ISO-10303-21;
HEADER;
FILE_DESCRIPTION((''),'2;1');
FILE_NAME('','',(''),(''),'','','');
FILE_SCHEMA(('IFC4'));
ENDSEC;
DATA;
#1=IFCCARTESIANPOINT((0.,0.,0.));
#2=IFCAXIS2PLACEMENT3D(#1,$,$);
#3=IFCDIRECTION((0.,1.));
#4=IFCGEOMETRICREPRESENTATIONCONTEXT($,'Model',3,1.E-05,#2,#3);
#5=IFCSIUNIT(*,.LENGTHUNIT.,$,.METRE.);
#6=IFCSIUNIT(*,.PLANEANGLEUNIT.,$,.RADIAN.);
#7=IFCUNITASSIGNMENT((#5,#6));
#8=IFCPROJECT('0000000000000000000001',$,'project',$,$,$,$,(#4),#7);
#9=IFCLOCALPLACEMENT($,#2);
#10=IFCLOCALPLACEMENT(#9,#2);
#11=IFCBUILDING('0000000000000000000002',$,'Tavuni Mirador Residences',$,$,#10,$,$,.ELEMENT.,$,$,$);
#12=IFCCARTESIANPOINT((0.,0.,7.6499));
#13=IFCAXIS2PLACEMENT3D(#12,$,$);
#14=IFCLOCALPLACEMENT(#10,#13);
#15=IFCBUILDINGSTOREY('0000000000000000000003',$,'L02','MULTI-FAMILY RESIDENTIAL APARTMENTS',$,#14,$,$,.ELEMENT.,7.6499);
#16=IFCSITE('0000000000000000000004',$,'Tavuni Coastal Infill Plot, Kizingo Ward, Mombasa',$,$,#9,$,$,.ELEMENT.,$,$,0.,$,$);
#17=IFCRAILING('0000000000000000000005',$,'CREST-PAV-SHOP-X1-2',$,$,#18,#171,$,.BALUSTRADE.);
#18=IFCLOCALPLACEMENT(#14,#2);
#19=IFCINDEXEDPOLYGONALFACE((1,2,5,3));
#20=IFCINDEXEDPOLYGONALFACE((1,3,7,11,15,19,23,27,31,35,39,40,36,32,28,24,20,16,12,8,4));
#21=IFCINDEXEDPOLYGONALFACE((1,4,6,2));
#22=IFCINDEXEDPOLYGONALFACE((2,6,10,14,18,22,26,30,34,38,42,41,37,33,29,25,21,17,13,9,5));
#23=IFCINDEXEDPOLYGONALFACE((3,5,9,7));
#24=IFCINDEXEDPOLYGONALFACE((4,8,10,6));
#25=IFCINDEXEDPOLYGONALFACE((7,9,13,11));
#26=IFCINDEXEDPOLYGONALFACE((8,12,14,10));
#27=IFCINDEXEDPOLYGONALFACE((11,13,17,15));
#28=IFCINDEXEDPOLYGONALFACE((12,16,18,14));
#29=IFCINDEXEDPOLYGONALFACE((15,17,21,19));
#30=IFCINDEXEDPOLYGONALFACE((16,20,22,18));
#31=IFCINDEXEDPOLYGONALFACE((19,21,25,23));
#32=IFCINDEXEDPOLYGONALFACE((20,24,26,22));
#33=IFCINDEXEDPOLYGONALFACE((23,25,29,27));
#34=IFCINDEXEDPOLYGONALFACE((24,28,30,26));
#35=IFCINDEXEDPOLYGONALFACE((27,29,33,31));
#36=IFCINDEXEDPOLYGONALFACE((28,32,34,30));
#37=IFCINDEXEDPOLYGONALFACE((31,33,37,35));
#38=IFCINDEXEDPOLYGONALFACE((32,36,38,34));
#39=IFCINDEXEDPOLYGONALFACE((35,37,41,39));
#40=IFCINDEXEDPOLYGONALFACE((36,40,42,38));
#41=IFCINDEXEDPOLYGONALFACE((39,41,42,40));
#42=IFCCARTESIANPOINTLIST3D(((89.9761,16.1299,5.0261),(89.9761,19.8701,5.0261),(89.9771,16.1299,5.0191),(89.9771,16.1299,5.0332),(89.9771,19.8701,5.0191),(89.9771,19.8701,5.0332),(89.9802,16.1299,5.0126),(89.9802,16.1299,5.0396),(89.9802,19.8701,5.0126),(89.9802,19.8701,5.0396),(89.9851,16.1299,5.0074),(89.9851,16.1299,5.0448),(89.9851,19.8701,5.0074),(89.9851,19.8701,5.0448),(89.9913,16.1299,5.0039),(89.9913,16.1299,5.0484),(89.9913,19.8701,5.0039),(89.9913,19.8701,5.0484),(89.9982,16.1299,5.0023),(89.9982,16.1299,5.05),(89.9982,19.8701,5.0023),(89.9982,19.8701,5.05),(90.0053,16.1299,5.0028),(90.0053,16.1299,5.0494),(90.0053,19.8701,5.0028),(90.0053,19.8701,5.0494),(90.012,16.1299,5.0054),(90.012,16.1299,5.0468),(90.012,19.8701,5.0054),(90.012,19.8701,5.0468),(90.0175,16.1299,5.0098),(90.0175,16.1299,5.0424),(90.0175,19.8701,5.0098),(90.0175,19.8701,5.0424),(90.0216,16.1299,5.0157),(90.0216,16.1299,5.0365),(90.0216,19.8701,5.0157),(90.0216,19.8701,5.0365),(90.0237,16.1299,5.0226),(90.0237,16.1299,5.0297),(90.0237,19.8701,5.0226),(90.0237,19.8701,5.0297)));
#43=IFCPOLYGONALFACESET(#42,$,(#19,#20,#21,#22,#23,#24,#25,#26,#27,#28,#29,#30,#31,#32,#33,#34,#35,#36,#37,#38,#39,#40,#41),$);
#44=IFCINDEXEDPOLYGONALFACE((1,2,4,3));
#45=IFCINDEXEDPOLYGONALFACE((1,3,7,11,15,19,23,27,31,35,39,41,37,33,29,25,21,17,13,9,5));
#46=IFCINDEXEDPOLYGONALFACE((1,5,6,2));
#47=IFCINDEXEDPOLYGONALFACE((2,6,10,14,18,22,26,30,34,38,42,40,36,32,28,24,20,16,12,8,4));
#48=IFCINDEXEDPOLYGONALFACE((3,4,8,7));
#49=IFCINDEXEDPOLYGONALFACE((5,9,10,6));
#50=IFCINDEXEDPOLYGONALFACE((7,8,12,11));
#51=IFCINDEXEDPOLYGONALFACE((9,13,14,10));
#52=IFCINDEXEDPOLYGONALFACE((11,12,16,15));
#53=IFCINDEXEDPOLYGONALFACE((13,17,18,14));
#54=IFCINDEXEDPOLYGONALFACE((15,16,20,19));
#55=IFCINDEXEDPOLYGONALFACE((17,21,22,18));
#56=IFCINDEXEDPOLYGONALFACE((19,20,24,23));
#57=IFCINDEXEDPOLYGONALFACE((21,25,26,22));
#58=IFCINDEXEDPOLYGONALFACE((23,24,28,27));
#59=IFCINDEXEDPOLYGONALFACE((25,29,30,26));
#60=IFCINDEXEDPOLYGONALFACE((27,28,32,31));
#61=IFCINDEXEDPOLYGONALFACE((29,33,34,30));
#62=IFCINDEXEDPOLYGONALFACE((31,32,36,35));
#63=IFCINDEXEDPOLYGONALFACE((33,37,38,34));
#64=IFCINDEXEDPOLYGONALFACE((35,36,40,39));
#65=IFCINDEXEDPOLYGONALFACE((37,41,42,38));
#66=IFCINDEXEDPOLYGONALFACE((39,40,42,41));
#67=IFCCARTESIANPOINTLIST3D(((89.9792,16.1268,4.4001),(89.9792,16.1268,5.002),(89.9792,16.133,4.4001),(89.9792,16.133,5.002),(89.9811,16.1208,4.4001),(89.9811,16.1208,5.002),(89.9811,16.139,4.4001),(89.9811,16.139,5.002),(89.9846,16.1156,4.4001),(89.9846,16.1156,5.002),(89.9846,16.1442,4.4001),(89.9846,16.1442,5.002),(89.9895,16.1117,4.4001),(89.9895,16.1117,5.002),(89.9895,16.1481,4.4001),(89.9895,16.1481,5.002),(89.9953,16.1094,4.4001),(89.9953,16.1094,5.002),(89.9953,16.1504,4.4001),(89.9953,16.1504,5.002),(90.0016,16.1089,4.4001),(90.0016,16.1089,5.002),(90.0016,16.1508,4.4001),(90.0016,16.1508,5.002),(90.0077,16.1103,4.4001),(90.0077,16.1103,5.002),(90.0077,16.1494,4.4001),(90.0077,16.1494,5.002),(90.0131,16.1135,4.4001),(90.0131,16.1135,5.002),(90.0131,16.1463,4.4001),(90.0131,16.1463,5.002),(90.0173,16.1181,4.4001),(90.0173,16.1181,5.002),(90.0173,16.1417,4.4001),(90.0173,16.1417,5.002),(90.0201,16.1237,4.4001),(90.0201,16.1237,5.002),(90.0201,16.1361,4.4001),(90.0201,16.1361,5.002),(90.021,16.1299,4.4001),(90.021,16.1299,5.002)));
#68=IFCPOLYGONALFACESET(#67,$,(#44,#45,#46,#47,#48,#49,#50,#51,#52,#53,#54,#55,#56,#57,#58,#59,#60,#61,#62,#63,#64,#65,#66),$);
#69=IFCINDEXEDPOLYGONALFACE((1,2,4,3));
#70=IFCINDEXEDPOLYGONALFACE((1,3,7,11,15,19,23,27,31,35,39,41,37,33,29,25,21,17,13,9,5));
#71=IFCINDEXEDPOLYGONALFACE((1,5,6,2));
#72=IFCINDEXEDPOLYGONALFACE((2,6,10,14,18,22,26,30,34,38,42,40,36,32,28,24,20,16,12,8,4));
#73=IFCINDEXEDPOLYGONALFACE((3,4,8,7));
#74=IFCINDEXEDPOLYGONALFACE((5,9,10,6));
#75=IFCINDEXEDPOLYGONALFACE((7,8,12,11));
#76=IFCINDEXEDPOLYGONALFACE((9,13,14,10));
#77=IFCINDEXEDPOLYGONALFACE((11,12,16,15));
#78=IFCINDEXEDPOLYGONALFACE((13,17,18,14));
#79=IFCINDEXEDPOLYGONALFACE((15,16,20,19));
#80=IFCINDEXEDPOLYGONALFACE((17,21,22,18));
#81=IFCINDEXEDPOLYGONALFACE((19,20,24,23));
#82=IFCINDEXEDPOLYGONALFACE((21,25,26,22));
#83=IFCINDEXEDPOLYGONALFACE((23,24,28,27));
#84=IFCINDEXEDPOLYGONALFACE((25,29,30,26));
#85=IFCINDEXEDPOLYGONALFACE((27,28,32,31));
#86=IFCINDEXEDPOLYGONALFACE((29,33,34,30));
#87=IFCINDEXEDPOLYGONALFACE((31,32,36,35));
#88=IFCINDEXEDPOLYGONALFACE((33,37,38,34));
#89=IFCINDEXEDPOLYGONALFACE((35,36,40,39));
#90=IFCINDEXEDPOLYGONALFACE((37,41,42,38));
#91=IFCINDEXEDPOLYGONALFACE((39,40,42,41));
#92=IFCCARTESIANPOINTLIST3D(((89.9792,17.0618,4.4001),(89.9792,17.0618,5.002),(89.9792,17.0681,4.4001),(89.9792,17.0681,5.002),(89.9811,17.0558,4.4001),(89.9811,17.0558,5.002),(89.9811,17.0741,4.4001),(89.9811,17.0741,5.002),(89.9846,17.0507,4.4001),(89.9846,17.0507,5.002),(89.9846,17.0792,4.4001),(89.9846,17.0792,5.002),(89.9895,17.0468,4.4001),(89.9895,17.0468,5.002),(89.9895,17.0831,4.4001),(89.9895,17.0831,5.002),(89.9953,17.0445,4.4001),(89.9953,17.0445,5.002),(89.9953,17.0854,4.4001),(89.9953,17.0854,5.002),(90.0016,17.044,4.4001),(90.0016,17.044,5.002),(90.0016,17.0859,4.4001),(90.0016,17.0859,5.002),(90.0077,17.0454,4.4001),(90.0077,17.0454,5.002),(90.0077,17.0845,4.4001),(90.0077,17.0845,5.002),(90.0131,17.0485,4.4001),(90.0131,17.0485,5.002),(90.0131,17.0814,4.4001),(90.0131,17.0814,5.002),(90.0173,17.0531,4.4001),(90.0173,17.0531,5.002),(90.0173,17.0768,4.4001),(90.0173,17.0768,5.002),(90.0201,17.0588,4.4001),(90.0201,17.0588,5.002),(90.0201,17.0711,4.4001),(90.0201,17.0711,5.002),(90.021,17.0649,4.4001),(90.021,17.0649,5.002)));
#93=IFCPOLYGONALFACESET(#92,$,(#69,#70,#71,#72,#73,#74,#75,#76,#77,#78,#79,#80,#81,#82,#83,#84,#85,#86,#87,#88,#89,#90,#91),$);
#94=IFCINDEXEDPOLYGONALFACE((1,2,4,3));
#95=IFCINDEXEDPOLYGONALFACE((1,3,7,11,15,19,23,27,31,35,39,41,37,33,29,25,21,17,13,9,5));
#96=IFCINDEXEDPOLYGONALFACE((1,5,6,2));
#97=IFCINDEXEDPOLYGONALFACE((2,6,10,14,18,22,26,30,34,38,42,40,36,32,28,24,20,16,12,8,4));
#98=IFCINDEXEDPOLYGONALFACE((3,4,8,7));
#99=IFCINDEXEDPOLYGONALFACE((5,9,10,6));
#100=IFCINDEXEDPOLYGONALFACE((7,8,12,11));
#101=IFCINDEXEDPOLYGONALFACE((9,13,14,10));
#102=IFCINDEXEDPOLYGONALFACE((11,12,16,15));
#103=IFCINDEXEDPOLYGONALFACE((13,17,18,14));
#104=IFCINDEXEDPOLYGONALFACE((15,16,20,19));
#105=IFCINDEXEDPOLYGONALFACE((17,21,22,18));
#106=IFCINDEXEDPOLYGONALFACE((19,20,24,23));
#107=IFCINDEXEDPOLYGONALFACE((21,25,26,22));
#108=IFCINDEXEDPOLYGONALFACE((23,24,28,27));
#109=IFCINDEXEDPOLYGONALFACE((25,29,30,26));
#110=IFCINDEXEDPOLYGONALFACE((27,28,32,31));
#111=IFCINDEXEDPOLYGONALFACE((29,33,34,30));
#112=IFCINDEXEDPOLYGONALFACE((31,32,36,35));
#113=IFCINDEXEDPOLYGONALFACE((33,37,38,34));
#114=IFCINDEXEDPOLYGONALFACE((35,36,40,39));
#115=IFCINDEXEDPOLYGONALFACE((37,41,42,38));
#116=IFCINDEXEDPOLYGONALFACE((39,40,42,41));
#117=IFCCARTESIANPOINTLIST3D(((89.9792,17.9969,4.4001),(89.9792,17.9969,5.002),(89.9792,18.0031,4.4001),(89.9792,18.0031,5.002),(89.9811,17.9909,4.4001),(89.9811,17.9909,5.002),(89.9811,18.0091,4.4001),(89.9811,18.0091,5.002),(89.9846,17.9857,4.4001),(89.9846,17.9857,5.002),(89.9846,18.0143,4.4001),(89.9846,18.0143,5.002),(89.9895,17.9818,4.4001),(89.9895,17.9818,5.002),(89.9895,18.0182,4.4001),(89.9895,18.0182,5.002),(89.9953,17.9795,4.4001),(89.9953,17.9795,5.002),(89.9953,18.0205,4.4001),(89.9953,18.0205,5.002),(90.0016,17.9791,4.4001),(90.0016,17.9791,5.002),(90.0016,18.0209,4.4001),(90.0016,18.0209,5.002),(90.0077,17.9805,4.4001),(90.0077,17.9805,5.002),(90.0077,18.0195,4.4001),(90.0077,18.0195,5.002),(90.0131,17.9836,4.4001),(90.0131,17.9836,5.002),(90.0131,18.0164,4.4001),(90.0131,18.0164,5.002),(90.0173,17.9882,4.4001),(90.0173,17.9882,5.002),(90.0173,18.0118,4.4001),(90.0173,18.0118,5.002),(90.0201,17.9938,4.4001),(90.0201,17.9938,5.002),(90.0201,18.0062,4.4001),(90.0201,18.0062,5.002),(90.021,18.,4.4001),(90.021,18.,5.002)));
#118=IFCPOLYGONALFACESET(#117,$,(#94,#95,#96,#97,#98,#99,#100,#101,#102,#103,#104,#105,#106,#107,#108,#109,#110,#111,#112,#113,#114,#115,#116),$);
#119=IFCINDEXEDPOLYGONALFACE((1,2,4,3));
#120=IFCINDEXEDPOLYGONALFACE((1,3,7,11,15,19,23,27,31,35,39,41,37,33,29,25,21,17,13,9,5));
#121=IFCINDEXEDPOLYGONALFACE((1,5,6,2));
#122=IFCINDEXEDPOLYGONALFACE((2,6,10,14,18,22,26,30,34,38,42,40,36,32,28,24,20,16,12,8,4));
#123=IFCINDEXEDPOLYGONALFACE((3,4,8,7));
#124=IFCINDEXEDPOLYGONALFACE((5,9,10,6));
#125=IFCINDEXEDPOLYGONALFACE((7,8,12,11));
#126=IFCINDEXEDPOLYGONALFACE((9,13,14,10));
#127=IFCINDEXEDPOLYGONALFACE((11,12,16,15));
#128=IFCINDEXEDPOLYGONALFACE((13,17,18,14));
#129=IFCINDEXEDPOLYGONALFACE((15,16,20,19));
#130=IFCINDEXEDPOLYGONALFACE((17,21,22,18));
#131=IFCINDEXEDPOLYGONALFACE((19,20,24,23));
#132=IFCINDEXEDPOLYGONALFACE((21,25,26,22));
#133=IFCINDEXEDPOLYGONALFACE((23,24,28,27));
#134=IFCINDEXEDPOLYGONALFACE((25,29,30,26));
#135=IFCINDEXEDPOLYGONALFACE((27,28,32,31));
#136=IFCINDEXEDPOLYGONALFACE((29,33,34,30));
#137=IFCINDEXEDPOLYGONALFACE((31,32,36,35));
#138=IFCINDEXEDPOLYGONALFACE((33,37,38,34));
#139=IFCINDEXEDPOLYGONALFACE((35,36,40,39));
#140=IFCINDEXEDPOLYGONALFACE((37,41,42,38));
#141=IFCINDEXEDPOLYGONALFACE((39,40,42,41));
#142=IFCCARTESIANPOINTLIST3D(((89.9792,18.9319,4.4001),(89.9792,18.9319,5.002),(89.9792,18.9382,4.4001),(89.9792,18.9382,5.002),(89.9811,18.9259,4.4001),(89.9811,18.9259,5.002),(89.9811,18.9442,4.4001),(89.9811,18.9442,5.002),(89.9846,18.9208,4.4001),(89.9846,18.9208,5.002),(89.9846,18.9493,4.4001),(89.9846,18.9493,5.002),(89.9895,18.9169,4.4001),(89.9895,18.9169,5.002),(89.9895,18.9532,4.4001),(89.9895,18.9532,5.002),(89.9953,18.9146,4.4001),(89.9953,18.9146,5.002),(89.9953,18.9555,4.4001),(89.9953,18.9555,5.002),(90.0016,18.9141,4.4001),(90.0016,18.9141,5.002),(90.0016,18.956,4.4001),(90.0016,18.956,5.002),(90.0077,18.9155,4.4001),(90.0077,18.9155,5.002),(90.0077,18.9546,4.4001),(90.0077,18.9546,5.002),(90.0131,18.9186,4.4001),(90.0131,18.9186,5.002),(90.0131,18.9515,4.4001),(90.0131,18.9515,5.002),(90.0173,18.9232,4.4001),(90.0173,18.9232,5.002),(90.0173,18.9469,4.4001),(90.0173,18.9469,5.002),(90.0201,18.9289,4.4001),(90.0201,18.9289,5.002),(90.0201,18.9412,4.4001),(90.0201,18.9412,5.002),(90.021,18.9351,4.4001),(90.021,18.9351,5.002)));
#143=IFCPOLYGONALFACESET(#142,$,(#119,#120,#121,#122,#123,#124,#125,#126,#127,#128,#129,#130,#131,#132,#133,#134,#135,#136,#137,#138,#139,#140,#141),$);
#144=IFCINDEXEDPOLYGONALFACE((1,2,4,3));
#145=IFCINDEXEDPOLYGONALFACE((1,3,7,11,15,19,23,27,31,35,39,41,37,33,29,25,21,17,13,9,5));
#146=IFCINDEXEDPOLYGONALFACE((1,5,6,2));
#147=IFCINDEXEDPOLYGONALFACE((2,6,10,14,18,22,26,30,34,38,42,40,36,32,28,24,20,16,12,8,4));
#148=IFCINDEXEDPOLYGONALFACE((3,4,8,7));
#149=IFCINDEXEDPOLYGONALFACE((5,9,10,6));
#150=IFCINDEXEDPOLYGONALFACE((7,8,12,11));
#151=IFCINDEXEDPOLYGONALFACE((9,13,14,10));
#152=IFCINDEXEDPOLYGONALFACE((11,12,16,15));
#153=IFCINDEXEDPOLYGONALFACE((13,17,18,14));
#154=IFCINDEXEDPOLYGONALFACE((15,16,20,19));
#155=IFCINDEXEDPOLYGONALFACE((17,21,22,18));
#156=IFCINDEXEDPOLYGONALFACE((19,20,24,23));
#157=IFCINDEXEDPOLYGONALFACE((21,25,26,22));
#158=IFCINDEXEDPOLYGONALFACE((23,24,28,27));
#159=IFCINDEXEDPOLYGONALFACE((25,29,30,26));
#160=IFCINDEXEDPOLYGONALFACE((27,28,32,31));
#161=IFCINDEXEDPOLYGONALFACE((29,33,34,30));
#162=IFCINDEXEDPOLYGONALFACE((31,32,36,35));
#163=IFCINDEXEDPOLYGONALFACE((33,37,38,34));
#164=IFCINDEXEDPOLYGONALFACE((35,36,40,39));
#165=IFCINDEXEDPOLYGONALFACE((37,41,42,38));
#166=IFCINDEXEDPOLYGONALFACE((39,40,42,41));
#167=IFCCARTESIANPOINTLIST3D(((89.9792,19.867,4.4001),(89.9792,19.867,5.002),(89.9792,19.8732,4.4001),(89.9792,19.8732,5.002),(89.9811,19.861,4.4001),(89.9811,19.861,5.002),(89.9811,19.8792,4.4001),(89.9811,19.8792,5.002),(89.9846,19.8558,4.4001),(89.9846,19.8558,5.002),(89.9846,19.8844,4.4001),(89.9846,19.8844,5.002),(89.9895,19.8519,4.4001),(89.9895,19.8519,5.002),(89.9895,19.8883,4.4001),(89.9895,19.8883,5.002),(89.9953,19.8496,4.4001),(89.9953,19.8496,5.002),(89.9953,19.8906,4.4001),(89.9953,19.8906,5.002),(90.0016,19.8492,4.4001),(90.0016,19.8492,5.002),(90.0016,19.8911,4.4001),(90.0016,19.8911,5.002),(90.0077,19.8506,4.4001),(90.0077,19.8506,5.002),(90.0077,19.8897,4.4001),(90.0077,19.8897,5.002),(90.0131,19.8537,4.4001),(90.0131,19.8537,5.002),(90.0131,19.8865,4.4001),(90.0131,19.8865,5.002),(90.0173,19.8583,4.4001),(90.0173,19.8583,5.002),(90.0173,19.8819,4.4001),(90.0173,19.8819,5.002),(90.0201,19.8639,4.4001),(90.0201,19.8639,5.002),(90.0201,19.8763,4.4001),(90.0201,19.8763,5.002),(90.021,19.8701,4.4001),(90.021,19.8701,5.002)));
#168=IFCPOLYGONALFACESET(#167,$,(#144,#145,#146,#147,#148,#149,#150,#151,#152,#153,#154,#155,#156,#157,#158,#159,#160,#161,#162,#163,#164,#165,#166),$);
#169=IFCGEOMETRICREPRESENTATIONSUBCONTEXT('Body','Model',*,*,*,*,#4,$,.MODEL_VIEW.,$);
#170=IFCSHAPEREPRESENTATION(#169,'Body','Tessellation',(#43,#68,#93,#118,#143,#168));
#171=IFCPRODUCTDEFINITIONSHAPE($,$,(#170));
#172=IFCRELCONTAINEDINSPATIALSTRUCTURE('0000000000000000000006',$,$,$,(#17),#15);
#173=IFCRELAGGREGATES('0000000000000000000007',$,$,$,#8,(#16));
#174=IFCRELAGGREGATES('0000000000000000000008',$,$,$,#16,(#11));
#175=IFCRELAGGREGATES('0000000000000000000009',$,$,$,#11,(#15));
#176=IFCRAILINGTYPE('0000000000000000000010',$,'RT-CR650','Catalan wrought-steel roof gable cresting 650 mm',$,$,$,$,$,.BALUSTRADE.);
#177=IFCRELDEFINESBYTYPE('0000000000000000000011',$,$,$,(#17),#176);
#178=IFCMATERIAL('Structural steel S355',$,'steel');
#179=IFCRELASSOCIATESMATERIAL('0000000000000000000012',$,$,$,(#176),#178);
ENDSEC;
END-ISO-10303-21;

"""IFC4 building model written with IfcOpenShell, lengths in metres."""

from ifc_helpers import new_model, si_unit, direction, frame, origin, origin_2d, place, context, subcontext, project, spatial, circle, extrude, material, type_object, element, save


model = new_model("IFC4")

# Units and contexts
model_context = context("Model", 3, precision=1e-05, world=origin(), true_north=direction((0.0, 1.0)))
body_context = subcontext(model_context, "Body", "Model", "MODEL_VIEW")
ifc_project = project(units=[si_unit("LENGTHUNIT", "METRE"), si_unit("PLANEANGLEUNIT", "RADIAN")], contexts=[model_context])

# Site, building, storey
site_placement = place(None, origin())
site = spatial("IfcSite", under=ifc_project, at=site_placement, Name="Tavuni Coastal Infill Plot, Kizingo Ward, Mombasa", CompositionType="ELEMENT", RefElevation=0.0)
building_placement = place(site_placement, origin())
building = spatial("IfcBuilding", under=site, at=building_placement, Name="Tavuni Mirador Residences", CompositionType="ELEMENT")
storey_placement = place(building_placement, frame((0.0, 0.0, 7.6499)))
storey = spatial("IfcBuildingStorey", under=building, at=storey_placement, Name="L02", Description="MULTI-FAMILY RESIDENTIAL APARTMENTS", CompositionType="ELEMENT", Elevation=7.6499)

# Shared definitions
ifc_material_1 = material(Name="Structural steel S355", Category="steel")

# Railing
railing_type = type_object("IfcRailingType", Name="RT-CR650", Description="Catalan wrought-steel roof gable cresting 650 mm", PredefinedType="BALUSTRADE", material=ifc_material_1)
railing_1_placement = place(storey_placement, frame((90.0, 16.1299, 4.4001)))
element("IfcRailing", 1, at=railing_1_placement, inside=storey, type_object=railing_type, Name="CREST-PAV-SHOP-X1-2", PredefinedType="BALUSTRADE", context=body_context, shape_type="SweptSolid", body=[
    extrude(circle(Radius=0.0239, at=origin_2d()), frame((0.0, 0.0, 0.626), z_axis=(0.0, 1.0, 0.0), x_axis=(-1.0, 0.0, 0.0)), (0.0, 0.0, 1.0), 3.7402),
    extrude(circle(Radius=0.021, at=origin_2d()), origin(), (0.0, 0.0, 1.0), 0.6018),
    extrude(circle(Radius=0.021, at=origin_2d()), frame((0.0, 0.9351, 0.0)), (0.0, 0.0, 1.0), 0.6018),
    extrude(circle(Radius=0.021, at=origin_2d()), frame((0.0, 1.8701, 0.0)), (0.0, 0.0, 1.0), 0.6018),
    extrude(circle(Radius=0.021, at=origin_2d()), frame((0.0, 2.8052, 0.0)), (0.0, 0.0, 1.0), 0.6018),
    extrude(circle(Radius=0.021, at=origin_2d()), frame((0.0, 3.7402, 0.0)), (0.0, 0.0, 1.0), 0.6018),
])

save(model, "model.ifc")
